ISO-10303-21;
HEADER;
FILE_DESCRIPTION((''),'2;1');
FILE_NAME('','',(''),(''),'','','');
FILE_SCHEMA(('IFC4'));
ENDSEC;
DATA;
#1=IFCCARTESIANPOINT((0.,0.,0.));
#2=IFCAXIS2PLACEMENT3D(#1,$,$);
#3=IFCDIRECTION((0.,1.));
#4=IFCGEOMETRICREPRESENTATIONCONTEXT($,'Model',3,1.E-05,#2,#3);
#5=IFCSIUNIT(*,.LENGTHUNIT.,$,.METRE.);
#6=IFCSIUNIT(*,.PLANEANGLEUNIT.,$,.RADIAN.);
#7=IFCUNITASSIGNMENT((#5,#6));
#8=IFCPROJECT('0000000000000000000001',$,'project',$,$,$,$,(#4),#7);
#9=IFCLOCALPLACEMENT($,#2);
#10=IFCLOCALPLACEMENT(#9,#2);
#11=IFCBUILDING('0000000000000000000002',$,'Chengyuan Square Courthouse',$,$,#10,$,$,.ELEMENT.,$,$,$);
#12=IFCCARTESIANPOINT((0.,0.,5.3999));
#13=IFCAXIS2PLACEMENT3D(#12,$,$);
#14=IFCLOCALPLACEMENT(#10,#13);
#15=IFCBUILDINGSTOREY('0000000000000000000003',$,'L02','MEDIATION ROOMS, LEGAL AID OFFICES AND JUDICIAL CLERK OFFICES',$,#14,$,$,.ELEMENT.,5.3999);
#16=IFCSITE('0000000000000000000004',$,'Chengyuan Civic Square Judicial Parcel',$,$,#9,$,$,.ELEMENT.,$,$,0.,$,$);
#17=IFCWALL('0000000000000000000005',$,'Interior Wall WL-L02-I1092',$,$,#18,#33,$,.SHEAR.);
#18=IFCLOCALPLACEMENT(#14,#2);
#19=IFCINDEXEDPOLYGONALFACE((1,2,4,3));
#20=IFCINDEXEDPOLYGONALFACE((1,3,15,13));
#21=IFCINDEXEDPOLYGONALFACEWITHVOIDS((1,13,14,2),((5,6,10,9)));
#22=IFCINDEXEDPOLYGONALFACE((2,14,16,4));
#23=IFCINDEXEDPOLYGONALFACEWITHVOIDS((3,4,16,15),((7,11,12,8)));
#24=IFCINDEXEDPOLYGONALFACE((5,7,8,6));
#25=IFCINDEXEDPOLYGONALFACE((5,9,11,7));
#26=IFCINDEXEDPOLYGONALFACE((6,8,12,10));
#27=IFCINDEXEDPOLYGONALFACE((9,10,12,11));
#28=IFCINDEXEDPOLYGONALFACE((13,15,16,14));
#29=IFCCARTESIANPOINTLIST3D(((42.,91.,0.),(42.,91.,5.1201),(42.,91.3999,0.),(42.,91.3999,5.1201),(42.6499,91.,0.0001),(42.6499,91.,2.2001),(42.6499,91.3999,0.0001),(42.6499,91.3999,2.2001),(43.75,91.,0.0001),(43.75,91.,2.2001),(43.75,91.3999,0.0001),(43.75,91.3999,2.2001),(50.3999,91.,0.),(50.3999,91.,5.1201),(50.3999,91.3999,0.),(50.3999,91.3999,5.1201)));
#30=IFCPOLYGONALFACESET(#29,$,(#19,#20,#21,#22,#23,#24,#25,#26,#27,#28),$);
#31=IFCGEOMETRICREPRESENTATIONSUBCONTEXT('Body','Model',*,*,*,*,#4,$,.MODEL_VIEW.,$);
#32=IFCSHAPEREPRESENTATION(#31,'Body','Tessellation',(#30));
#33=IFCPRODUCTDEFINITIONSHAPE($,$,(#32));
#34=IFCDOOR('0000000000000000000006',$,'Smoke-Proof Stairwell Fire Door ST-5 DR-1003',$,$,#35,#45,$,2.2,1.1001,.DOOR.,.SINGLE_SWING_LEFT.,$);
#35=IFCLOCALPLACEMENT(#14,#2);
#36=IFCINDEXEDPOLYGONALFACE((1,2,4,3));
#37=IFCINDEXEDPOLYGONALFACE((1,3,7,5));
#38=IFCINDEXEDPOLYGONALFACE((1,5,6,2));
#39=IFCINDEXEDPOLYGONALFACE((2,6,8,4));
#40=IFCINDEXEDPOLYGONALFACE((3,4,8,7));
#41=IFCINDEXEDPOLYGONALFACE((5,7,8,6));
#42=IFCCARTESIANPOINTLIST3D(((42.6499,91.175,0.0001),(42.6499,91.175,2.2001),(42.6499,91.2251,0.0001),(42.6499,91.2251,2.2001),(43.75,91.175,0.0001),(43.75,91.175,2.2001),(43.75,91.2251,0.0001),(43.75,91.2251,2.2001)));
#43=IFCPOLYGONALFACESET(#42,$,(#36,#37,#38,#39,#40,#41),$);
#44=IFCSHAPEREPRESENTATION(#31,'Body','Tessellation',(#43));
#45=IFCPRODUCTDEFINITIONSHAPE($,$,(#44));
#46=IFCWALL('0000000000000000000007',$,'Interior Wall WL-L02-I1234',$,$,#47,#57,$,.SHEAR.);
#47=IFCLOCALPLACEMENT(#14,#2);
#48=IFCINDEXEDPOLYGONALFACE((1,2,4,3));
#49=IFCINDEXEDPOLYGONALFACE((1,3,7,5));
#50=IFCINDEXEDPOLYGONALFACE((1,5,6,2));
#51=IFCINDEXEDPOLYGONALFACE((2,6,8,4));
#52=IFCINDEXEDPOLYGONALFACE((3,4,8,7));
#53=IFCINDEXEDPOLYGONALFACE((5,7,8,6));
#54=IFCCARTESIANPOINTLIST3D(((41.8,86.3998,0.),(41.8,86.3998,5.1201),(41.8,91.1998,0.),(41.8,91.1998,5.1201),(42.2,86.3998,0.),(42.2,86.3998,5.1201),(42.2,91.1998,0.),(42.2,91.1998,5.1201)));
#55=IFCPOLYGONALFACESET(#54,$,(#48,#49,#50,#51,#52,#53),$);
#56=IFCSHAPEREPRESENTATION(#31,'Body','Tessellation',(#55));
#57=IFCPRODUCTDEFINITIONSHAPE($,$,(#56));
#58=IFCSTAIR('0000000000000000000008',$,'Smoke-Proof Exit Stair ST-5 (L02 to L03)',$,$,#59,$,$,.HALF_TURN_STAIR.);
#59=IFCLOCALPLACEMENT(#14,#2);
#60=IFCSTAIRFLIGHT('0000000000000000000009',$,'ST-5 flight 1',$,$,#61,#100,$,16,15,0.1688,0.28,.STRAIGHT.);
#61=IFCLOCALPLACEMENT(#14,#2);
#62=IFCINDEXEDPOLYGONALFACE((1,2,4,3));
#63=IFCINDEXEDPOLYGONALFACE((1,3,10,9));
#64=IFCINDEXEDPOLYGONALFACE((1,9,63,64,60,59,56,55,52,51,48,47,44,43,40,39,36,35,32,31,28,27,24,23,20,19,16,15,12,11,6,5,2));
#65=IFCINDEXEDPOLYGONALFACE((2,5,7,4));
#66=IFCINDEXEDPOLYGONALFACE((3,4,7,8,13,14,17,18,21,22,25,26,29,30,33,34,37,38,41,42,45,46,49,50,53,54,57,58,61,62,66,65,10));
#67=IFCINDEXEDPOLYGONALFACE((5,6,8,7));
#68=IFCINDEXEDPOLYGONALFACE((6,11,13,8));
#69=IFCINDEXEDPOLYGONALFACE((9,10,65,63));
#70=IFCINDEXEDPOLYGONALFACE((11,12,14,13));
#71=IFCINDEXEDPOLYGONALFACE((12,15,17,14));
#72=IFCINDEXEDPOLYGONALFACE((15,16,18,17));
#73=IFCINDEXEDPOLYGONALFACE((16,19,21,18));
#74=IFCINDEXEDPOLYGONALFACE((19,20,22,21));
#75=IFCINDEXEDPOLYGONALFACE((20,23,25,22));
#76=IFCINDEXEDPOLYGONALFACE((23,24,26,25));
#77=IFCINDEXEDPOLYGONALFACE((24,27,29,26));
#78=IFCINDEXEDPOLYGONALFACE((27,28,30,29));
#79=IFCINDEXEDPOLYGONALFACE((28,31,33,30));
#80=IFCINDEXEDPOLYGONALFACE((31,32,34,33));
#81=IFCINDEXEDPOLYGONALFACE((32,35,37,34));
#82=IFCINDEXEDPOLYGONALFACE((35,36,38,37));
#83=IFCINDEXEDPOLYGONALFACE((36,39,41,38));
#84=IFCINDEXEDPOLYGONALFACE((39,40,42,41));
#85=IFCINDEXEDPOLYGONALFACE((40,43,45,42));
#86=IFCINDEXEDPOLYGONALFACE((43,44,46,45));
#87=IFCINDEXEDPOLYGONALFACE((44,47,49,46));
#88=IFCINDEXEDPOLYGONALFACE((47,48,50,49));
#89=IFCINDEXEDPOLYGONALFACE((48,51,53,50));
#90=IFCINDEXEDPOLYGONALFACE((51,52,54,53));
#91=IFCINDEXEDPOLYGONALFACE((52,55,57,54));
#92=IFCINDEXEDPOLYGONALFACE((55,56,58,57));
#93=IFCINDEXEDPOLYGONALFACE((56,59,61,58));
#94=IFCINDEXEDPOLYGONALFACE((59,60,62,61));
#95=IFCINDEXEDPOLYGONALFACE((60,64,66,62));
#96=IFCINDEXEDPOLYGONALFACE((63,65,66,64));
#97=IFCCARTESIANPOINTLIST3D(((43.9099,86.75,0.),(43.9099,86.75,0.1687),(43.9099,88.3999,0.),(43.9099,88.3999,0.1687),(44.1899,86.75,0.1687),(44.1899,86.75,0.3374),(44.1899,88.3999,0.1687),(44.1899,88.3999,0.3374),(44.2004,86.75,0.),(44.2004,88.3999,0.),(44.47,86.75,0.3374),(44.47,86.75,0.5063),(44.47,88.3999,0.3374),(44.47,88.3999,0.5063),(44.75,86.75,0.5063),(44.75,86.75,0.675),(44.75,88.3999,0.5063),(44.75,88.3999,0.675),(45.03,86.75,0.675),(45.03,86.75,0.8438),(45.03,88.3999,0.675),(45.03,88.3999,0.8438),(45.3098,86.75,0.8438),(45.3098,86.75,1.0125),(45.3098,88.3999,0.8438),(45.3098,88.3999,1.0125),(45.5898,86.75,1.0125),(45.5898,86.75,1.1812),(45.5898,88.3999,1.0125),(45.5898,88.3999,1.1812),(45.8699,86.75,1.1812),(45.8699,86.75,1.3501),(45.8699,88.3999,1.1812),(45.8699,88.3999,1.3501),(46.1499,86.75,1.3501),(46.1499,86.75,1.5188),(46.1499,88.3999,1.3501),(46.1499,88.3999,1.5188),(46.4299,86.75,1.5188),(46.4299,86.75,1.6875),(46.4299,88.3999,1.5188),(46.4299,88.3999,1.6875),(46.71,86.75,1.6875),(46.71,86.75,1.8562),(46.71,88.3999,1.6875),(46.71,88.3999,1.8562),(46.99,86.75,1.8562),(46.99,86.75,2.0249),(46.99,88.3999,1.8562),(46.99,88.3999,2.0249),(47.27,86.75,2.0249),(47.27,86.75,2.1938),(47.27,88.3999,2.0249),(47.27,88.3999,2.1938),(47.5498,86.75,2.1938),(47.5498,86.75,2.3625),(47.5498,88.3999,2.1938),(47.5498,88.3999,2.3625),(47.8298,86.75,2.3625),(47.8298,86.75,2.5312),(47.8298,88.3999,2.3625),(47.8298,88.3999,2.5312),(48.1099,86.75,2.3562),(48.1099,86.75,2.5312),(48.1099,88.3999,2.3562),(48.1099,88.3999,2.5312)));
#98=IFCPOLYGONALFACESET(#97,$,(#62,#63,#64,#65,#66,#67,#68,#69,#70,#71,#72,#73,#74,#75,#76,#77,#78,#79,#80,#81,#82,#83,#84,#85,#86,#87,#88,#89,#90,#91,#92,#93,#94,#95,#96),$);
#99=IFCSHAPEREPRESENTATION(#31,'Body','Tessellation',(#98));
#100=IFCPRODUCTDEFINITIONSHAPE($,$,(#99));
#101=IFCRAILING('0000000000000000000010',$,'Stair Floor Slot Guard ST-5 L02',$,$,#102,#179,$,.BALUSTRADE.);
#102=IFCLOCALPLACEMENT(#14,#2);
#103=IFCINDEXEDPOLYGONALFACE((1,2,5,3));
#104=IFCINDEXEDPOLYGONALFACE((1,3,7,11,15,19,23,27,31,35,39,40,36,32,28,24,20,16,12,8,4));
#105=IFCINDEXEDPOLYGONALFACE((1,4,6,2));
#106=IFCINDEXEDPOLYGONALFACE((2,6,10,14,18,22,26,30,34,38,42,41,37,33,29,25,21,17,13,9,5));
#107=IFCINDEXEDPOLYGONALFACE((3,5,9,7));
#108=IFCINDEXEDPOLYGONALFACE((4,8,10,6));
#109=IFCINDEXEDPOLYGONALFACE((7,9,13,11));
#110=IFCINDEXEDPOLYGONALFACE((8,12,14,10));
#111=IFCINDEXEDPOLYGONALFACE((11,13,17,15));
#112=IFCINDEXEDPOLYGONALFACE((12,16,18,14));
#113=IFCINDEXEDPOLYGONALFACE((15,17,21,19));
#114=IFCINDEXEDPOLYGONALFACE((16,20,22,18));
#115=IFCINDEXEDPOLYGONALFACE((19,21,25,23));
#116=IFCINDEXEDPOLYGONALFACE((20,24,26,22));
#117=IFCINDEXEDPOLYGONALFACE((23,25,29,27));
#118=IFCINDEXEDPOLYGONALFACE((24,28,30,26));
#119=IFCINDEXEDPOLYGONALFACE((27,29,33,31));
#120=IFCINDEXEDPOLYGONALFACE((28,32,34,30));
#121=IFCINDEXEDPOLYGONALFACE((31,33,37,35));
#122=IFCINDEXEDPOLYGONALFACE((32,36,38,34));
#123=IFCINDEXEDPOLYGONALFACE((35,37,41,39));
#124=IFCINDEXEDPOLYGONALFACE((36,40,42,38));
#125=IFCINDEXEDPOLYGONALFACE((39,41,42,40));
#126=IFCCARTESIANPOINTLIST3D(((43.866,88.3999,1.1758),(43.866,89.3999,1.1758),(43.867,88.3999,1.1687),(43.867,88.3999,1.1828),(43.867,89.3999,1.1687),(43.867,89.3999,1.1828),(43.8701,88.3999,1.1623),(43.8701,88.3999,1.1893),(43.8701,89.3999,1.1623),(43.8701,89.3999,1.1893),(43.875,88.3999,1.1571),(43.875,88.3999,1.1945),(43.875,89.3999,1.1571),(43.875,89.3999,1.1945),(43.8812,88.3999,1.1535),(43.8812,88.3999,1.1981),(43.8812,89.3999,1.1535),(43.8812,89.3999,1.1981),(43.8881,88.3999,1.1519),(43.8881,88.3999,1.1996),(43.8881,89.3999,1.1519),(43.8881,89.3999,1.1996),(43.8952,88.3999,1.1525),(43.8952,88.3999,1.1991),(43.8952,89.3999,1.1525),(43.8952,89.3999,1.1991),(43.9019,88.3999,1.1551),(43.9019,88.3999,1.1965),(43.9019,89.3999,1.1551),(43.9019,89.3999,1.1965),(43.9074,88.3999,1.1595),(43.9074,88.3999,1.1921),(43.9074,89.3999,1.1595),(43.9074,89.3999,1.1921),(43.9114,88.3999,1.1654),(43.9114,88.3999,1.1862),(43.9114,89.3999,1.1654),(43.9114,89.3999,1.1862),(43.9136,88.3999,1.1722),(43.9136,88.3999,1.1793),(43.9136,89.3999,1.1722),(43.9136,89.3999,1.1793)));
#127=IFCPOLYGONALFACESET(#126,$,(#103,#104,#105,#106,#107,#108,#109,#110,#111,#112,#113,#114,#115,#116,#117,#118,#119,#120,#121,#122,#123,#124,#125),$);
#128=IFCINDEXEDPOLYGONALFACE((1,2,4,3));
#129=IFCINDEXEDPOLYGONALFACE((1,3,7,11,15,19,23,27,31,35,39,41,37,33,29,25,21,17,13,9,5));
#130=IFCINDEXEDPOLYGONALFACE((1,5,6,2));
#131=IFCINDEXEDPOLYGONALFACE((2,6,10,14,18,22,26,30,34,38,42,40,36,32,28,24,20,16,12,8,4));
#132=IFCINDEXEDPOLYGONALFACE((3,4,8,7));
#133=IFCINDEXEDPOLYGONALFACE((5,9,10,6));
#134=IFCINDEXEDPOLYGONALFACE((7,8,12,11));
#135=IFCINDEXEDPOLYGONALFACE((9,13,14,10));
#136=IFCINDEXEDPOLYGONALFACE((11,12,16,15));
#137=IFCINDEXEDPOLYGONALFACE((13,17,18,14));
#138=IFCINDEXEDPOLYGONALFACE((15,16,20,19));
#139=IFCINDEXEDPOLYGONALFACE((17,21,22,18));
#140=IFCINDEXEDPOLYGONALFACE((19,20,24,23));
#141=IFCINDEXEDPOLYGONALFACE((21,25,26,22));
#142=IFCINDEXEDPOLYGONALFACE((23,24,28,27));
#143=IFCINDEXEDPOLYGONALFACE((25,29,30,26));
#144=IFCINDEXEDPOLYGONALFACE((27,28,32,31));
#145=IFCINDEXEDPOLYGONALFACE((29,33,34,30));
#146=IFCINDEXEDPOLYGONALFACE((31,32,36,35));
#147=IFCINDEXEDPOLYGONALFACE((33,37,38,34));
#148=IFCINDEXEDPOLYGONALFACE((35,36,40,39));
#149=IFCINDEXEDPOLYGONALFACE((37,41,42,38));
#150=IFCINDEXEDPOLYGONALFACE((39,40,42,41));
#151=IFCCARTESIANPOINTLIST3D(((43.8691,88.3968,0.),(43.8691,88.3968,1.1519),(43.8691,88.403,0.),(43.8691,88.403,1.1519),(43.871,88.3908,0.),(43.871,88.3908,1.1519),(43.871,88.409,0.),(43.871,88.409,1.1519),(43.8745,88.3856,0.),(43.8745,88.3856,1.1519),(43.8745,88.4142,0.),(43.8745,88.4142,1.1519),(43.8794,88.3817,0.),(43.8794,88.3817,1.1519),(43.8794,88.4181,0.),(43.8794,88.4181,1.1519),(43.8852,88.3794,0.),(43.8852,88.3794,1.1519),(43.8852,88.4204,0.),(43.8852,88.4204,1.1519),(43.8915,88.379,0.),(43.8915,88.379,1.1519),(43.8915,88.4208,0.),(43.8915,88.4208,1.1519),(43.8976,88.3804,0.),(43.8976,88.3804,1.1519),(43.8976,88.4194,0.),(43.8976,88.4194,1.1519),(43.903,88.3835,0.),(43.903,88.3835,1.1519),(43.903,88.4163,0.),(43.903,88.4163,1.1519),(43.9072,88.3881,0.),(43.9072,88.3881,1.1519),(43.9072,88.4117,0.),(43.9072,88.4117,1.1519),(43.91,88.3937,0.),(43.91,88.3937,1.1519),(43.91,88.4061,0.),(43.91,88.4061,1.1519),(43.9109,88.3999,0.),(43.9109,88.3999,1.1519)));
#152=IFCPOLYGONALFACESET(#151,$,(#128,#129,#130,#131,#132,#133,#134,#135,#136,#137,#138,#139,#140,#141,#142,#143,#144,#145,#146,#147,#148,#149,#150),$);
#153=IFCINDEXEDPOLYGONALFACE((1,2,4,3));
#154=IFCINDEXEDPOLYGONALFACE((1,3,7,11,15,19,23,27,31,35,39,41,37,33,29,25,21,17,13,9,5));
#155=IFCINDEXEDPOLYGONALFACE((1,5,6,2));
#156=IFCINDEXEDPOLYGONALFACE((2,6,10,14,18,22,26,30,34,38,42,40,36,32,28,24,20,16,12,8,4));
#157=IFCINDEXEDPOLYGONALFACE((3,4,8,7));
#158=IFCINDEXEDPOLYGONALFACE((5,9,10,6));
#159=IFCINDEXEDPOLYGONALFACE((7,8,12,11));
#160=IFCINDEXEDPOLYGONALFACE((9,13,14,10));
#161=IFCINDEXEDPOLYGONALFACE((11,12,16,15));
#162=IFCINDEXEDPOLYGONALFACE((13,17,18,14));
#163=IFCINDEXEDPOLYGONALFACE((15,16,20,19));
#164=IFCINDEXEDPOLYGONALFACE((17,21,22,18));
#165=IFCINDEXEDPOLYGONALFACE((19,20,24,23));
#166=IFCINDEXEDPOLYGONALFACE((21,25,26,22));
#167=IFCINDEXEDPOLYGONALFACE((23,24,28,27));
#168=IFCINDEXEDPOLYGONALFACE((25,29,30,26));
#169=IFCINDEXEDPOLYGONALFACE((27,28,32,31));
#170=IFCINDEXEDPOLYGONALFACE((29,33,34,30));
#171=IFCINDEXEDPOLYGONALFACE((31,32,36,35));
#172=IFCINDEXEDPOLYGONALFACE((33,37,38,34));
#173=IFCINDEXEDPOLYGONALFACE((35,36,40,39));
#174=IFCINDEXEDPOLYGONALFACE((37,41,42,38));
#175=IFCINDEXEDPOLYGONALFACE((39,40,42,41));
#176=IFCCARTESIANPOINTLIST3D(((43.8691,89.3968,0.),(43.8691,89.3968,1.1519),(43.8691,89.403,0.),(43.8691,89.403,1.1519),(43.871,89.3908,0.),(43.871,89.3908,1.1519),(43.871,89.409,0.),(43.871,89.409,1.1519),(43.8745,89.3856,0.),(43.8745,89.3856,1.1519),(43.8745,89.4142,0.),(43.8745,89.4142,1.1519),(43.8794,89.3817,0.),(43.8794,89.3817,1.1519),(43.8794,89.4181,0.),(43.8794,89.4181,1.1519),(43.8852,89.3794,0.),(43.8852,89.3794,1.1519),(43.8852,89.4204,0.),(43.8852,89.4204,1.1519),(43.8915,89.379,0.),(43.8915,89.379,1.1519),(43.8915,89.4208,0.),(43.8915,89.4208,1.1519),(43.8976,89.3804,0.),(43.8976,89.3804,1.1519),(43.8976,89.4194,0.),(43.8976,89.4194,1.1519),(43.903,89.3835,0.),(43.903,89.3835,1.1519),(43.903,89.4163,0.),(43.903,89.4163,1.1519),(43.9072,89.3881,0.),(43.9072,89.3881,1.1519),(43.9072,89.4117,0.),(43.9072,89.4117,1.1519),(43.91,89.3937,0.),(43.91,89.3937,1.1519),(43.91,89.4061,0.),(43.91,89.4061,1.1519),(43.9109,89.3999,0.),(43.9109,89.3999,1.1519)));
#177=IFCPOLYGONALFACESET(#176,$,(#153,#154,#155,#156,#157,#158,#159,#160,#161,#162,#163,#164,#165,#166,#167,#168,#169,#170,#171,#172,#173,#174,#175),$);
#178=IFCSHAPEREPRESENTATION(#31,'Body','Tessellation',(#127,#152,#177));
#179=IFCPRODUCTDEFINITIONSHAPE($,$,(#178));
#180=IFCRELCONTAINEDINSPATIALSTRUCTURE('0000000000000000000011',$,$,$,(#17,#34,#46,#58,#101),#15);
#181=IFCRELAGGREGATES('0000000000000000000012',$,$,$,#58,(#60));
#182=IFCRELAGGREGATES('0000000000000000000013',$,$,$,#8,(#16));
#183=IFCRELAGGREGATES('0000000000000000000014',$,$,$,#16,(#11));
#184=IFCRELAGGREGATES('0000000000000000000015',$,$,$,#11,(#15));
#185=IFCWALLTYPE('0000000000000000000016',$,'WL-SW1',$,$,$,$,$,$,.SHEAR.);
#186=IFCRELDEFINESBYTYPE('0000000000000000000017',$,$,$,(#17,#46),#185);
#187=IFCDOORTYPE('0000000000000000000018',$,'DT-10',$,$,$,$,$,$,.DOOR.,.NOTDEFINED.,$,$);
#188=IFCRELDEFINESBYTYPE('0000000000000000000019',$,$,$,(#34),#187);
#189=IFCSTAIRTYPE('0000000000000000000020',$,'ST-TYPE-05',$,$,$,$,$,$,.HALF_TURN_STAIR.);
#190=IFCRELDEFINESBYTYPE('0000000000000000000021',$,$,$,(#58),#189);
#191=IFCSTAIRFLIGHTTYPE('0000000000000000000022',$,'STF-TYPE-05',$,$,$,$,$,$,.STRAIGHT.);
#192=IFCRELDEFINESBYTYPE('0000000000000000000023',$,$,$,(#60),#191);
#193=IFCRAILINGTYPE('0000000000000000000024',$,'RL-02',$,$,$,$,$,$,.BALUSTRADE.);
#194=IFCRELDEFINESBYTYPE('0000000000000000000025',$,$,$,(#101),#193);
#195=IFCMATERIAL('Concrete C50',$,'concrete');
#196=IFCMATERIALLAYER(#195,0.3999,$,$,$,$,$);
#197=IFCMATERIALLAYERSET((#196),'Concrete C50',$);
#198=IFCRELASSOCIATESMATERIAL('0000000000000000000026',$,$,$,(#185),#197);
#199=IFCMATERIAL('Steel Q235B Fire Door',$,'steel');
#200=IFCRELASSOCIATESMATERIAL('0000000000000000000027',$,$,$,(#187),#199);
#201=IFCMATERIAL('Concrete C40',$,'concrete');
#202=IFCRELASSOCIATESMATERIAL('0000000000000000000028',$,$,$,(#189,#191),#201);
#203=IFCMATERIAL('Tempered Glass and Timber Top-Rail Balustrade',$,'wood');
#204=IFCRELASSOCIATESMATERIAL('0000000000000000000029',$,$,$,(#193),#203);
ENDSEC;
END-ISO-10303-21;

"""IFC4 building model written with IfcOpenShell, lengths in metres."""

from ifc_helpers import new_model, si_unit, direction, frame, frame_2d, origin, origin_2d, place, context, subcontext, project, spatial, polyline, rectangle, circle, outline, extrude, material, layer, layer_set, type_object, element, fill, aggregate, save


model = new_model("IFC4")

# Units and contexts
model_context = context("Model", 3, precision=1e-05, world=origin(), true_north=direction((0.0, 1.0)))
body_context = subcontext(model_context, "Body", "Model", "MODEL_VIEW")
ifc_project = project(units=[si_unit("LENGTHUNIT", "METRE"), si_unit("PLANEANGLEUNIT", "RADIAN")], contexts=[model_context])

# Site, building, storey
site_placement = place(None, origin())
site = spatial("IfcSite", under=ifc_project, at=site_placement, Name="Chengyuan Civic Square Judicial Parcel", CompositionType="ELEMENT", RefElevation=0.0)
building_placement = place(site_placement, origin())
building = spatial("IfcBuilding", under=site, at=building_placement, Name="Chengyuan Square Courthouse", CompositionType="ELEMENT")
storey_placement = place(building_placement, frame((0.0, 0.0, 5.3999)))
storey = spatial("IfcBuildingStorey", under=building, at=storey_placement, Name="L02", Description="MEDIATION ROOMS, LEGAL AID OFFICES AND JUDICIAL CLERK OFFICES", CompositionType="ELEMENT", Elevation=5.3999)

# Shared definitions
ifc_material_1 = material(Name="Concrete C50", Category="concrete")

# Shared definitions
ifc_material_2 = material(Name="Concrete C40", Category="concrete")

# Shared definitions
ifc_material_3 = material(Name="Steel Q235B Fire Door", Category="steel")

# Shared definitions
ifc_layer_1 = layer(ifc_material_1, 0.3999)
ifc_layer_set_1 = layer_set([ifc_layer_1], Name="Concrete C50")
wall_type_1 = type_object("IfcWallType", Name="WL-SW1", PredefinedType="SHEAR", material=ifc_layer_set_1)

# Wall, opening, door
wall_1_placement = place(storey_placement, frame((42.0, 91.2, 0.0), z_axis=(0.0, 0.0, 1.0), x_axis=(1.0, 0.0, 0.0)))
wall_1 = element("IfcWall", 1, at=wall_1_placement, inside=storey, type_object=wall_type_1, Name="Interior Wall WL-L02-I1092", PredefinedType="SHEAR", context=body_context, shape_type="SweptSolid", body=[
    extrude(rectangle(XDim=8.3999, YDim=0.3999, at=frame_2d((4.2, 0.0))), origin(), (0.0, 0.0, 1.0), 5.1201),
])
opening_1_placement = place(wall_1_placement, frame((0.6499, 0.0, 0.0)))
opening_1 = element("IfcOpeningElement", 2, at=opening_1_placement, cuts=wall_1, PredefinedType="OPENING", context=body_context, shape_type="SweptSolid", body=[
    extrude(rectangle(XDim=1.1001, YDim=2.2, at=frame_2d((0.55, 1.1001))), frame((0.0, 0.2119, 0.0), z_axis=(0.0, -1.0, 0.0), x_axis=(1.0, 0.0, 0.0)), (0.0, 0.0, 1.0), 0.4238),
])
door_type_1 = type_object("IfcDoorType", Name="DT-10", OperationType="NOTDEFINED", PredefinedType="DOOR", material=ifc_material_3)
door_1_placement = place(opening_1_placement, frame((1.1001, 0.0, 0.0), z_axis=(0.0, 0.0, 1.0), x_axis=(-1.0, 0.0, 0.0)))
door_1 = element("IfcDoor", 3, at=door_1_placement, inside=storey, type_object=door_type_1, Name="Smoke-Proof Stairwell Fire Door ST-5 DR-1003", OperationType="SINGLE_SWING_LEFT", OverallHeight=2.2, OverallWidth=1.1001, PredefinedType="DOOR", context=body_context, shape_type="SweptSolid", body=[
    extrude(rectangle(XDim=1.1001, YDim=2.2, at=frame_2d((0.55, 1.1001))), frame((0.0, 0.0249, 0.0), z_axis=(0.0, -1.0, 0.0), x_axis=(1.0, 0.0, 0.0)), (0.0, 0.0, 1.0), 0.05),
])
fill(opening_1, door_1)

# Wall
wall_2_placement = place(storey_placement, frame((42.0, 86.3999, 0.0), z_axis=(0.0, 0.0, 1.0), x_axis=(0.0, 1.0, 0.0)))
element("IfcWall", 4, at=wall_2_placement, inside=storey, type_object=wall_type_1, Name="Interior Wall WL-L02-I1234", PredefinedType="SHEAR", context=body_context, shape_type="SweptSolid", body=[
    extrude(rectangle(XDim=4.8, YDim=0.3999, at=frame_2d((2.3999, 0.0))), origin(), (0.0, 0.0, 1.0), 5.1201),
])

# Stair, stair flight
stair_type = type_object("IfcStairType", Name="ST-TYPE-05", PredefinedType="HALF_TURN_STAIR", material=ifc_material_2)
stair_placement = place(storey_placement, origin())
stair = element("IfcStair", 5, at=stair_placement, inside=storey, type_object=stair_type, Name="Smoke-Proof Exit Stair ST-5 (L02 to L03)", PredefinedType="HALF_TURN_STAIR")
stair_flight_type = type_object("IfcStairFlightType", Name="STF-TYPE-05", PredefinedType="STRAIGHT", material=ifc_material_2)
stair_flight_placement = place(storey_placement, frame((43.9099, 87.575, 0.0), z_axis=(0.0, 0.0, 1.0), x_axis=(1.0, 0.0, 0.0)))
stair_flight = element("IfcStairFlight", 6, at=stair_flight_placement, type_object=stair_flight_type, Name="ST-5 flight 1", NumberOfRisers=16, NumberOfTreads=15, PredefinedType="STRAIGHT", RiserHeight=0.1688, TreadLength=0.28, context=body_context, shape_type="SweptSolid", body=[
    extrude(outline(polyline([(0.0, 0.0), (0.0, 0.1687), (0.28, 0.1687), (0.28, 0.3374), (0.5601, 0.3374), (0.5601, 0.5063), (0.8401, 0.5063), (0.8401, 0.675), (1.1201, 0.675), (1.1201, 0.8438), (1.3999, 0.8438), (1.3999, 1.0125), (1.6799, 1.0125), (1.6799, 1.1812), (1.96, 1.1812), (1.96, 1.3501), (2.24, 1.3501), (2.24, 1.5188), (2.52, 1.5188), (2.52, 1.6875), (2.8, 1.6875), (2.8, 1.8562), (3.0801, 1.8562), (3.0801, 2.0249), (3.3601, 2.0249), (3.3601, 2.1938), (3.6399, 2.1938), (3.6399, 2.3625), (3.9199, 2.3625), (3.9199, 2.5312), (4.2, 2.5312), (4.2, 2.7), (4.2, 2.3562), (0.2905, 0.0), (0.0, 0.0)])), frame((0.0, 0.825, 0.0), z_axis=(0.0, -1.0, 0.0), x_axis=(1.0, 0.0, 0.0)), (0.0, 0.0, 1.0), 1.6499),
])
aggregate(stair, [stair_flight])

# Railing
ifc_material_4 = material(Name="Tempered Glass and Timber Top-Rail Balustrade", Category="wood")
railing_type_1 = type_object("IfcRailingType", Name="RL-02", PredefinedType="BALUSTRADE", material=ifc_material_4)
for number, where, name in (
    (7, (43.8899, 88.3999, 0.0), "Stair Floor Slot Guard ST-5 L02"),
):
    element("IfcRailing", number, at=place(storey_placement, frame(where)), inside=storey, type_object=railing_type_1, Name=name, PredefinedType="BALUSTRADE", context=body_context, shape_type="SweptSolid", body=[
        extrude(circle(Radius=0.0239, at=origin_2d()), frame((0.0, 0.0, 1.1758), z_axis=(0.0, 1.0, 0.0), x_axis=(-1.0, 0.0, 0.0)), (0.0, 0.0, 1.0), 1.0),
        extrude(circle(Radius=0.021, at=origin_2d()), origin(), (0.0, 0.0, 1.0), 1.1519),
        extrude(circle(Radius=0.021, at=origin_2d()), frame((0.0, 1.0, 0.0)), (0.0, 0.0, 1.0), 1.1519),
    ])

save(model, "model.ifc")
